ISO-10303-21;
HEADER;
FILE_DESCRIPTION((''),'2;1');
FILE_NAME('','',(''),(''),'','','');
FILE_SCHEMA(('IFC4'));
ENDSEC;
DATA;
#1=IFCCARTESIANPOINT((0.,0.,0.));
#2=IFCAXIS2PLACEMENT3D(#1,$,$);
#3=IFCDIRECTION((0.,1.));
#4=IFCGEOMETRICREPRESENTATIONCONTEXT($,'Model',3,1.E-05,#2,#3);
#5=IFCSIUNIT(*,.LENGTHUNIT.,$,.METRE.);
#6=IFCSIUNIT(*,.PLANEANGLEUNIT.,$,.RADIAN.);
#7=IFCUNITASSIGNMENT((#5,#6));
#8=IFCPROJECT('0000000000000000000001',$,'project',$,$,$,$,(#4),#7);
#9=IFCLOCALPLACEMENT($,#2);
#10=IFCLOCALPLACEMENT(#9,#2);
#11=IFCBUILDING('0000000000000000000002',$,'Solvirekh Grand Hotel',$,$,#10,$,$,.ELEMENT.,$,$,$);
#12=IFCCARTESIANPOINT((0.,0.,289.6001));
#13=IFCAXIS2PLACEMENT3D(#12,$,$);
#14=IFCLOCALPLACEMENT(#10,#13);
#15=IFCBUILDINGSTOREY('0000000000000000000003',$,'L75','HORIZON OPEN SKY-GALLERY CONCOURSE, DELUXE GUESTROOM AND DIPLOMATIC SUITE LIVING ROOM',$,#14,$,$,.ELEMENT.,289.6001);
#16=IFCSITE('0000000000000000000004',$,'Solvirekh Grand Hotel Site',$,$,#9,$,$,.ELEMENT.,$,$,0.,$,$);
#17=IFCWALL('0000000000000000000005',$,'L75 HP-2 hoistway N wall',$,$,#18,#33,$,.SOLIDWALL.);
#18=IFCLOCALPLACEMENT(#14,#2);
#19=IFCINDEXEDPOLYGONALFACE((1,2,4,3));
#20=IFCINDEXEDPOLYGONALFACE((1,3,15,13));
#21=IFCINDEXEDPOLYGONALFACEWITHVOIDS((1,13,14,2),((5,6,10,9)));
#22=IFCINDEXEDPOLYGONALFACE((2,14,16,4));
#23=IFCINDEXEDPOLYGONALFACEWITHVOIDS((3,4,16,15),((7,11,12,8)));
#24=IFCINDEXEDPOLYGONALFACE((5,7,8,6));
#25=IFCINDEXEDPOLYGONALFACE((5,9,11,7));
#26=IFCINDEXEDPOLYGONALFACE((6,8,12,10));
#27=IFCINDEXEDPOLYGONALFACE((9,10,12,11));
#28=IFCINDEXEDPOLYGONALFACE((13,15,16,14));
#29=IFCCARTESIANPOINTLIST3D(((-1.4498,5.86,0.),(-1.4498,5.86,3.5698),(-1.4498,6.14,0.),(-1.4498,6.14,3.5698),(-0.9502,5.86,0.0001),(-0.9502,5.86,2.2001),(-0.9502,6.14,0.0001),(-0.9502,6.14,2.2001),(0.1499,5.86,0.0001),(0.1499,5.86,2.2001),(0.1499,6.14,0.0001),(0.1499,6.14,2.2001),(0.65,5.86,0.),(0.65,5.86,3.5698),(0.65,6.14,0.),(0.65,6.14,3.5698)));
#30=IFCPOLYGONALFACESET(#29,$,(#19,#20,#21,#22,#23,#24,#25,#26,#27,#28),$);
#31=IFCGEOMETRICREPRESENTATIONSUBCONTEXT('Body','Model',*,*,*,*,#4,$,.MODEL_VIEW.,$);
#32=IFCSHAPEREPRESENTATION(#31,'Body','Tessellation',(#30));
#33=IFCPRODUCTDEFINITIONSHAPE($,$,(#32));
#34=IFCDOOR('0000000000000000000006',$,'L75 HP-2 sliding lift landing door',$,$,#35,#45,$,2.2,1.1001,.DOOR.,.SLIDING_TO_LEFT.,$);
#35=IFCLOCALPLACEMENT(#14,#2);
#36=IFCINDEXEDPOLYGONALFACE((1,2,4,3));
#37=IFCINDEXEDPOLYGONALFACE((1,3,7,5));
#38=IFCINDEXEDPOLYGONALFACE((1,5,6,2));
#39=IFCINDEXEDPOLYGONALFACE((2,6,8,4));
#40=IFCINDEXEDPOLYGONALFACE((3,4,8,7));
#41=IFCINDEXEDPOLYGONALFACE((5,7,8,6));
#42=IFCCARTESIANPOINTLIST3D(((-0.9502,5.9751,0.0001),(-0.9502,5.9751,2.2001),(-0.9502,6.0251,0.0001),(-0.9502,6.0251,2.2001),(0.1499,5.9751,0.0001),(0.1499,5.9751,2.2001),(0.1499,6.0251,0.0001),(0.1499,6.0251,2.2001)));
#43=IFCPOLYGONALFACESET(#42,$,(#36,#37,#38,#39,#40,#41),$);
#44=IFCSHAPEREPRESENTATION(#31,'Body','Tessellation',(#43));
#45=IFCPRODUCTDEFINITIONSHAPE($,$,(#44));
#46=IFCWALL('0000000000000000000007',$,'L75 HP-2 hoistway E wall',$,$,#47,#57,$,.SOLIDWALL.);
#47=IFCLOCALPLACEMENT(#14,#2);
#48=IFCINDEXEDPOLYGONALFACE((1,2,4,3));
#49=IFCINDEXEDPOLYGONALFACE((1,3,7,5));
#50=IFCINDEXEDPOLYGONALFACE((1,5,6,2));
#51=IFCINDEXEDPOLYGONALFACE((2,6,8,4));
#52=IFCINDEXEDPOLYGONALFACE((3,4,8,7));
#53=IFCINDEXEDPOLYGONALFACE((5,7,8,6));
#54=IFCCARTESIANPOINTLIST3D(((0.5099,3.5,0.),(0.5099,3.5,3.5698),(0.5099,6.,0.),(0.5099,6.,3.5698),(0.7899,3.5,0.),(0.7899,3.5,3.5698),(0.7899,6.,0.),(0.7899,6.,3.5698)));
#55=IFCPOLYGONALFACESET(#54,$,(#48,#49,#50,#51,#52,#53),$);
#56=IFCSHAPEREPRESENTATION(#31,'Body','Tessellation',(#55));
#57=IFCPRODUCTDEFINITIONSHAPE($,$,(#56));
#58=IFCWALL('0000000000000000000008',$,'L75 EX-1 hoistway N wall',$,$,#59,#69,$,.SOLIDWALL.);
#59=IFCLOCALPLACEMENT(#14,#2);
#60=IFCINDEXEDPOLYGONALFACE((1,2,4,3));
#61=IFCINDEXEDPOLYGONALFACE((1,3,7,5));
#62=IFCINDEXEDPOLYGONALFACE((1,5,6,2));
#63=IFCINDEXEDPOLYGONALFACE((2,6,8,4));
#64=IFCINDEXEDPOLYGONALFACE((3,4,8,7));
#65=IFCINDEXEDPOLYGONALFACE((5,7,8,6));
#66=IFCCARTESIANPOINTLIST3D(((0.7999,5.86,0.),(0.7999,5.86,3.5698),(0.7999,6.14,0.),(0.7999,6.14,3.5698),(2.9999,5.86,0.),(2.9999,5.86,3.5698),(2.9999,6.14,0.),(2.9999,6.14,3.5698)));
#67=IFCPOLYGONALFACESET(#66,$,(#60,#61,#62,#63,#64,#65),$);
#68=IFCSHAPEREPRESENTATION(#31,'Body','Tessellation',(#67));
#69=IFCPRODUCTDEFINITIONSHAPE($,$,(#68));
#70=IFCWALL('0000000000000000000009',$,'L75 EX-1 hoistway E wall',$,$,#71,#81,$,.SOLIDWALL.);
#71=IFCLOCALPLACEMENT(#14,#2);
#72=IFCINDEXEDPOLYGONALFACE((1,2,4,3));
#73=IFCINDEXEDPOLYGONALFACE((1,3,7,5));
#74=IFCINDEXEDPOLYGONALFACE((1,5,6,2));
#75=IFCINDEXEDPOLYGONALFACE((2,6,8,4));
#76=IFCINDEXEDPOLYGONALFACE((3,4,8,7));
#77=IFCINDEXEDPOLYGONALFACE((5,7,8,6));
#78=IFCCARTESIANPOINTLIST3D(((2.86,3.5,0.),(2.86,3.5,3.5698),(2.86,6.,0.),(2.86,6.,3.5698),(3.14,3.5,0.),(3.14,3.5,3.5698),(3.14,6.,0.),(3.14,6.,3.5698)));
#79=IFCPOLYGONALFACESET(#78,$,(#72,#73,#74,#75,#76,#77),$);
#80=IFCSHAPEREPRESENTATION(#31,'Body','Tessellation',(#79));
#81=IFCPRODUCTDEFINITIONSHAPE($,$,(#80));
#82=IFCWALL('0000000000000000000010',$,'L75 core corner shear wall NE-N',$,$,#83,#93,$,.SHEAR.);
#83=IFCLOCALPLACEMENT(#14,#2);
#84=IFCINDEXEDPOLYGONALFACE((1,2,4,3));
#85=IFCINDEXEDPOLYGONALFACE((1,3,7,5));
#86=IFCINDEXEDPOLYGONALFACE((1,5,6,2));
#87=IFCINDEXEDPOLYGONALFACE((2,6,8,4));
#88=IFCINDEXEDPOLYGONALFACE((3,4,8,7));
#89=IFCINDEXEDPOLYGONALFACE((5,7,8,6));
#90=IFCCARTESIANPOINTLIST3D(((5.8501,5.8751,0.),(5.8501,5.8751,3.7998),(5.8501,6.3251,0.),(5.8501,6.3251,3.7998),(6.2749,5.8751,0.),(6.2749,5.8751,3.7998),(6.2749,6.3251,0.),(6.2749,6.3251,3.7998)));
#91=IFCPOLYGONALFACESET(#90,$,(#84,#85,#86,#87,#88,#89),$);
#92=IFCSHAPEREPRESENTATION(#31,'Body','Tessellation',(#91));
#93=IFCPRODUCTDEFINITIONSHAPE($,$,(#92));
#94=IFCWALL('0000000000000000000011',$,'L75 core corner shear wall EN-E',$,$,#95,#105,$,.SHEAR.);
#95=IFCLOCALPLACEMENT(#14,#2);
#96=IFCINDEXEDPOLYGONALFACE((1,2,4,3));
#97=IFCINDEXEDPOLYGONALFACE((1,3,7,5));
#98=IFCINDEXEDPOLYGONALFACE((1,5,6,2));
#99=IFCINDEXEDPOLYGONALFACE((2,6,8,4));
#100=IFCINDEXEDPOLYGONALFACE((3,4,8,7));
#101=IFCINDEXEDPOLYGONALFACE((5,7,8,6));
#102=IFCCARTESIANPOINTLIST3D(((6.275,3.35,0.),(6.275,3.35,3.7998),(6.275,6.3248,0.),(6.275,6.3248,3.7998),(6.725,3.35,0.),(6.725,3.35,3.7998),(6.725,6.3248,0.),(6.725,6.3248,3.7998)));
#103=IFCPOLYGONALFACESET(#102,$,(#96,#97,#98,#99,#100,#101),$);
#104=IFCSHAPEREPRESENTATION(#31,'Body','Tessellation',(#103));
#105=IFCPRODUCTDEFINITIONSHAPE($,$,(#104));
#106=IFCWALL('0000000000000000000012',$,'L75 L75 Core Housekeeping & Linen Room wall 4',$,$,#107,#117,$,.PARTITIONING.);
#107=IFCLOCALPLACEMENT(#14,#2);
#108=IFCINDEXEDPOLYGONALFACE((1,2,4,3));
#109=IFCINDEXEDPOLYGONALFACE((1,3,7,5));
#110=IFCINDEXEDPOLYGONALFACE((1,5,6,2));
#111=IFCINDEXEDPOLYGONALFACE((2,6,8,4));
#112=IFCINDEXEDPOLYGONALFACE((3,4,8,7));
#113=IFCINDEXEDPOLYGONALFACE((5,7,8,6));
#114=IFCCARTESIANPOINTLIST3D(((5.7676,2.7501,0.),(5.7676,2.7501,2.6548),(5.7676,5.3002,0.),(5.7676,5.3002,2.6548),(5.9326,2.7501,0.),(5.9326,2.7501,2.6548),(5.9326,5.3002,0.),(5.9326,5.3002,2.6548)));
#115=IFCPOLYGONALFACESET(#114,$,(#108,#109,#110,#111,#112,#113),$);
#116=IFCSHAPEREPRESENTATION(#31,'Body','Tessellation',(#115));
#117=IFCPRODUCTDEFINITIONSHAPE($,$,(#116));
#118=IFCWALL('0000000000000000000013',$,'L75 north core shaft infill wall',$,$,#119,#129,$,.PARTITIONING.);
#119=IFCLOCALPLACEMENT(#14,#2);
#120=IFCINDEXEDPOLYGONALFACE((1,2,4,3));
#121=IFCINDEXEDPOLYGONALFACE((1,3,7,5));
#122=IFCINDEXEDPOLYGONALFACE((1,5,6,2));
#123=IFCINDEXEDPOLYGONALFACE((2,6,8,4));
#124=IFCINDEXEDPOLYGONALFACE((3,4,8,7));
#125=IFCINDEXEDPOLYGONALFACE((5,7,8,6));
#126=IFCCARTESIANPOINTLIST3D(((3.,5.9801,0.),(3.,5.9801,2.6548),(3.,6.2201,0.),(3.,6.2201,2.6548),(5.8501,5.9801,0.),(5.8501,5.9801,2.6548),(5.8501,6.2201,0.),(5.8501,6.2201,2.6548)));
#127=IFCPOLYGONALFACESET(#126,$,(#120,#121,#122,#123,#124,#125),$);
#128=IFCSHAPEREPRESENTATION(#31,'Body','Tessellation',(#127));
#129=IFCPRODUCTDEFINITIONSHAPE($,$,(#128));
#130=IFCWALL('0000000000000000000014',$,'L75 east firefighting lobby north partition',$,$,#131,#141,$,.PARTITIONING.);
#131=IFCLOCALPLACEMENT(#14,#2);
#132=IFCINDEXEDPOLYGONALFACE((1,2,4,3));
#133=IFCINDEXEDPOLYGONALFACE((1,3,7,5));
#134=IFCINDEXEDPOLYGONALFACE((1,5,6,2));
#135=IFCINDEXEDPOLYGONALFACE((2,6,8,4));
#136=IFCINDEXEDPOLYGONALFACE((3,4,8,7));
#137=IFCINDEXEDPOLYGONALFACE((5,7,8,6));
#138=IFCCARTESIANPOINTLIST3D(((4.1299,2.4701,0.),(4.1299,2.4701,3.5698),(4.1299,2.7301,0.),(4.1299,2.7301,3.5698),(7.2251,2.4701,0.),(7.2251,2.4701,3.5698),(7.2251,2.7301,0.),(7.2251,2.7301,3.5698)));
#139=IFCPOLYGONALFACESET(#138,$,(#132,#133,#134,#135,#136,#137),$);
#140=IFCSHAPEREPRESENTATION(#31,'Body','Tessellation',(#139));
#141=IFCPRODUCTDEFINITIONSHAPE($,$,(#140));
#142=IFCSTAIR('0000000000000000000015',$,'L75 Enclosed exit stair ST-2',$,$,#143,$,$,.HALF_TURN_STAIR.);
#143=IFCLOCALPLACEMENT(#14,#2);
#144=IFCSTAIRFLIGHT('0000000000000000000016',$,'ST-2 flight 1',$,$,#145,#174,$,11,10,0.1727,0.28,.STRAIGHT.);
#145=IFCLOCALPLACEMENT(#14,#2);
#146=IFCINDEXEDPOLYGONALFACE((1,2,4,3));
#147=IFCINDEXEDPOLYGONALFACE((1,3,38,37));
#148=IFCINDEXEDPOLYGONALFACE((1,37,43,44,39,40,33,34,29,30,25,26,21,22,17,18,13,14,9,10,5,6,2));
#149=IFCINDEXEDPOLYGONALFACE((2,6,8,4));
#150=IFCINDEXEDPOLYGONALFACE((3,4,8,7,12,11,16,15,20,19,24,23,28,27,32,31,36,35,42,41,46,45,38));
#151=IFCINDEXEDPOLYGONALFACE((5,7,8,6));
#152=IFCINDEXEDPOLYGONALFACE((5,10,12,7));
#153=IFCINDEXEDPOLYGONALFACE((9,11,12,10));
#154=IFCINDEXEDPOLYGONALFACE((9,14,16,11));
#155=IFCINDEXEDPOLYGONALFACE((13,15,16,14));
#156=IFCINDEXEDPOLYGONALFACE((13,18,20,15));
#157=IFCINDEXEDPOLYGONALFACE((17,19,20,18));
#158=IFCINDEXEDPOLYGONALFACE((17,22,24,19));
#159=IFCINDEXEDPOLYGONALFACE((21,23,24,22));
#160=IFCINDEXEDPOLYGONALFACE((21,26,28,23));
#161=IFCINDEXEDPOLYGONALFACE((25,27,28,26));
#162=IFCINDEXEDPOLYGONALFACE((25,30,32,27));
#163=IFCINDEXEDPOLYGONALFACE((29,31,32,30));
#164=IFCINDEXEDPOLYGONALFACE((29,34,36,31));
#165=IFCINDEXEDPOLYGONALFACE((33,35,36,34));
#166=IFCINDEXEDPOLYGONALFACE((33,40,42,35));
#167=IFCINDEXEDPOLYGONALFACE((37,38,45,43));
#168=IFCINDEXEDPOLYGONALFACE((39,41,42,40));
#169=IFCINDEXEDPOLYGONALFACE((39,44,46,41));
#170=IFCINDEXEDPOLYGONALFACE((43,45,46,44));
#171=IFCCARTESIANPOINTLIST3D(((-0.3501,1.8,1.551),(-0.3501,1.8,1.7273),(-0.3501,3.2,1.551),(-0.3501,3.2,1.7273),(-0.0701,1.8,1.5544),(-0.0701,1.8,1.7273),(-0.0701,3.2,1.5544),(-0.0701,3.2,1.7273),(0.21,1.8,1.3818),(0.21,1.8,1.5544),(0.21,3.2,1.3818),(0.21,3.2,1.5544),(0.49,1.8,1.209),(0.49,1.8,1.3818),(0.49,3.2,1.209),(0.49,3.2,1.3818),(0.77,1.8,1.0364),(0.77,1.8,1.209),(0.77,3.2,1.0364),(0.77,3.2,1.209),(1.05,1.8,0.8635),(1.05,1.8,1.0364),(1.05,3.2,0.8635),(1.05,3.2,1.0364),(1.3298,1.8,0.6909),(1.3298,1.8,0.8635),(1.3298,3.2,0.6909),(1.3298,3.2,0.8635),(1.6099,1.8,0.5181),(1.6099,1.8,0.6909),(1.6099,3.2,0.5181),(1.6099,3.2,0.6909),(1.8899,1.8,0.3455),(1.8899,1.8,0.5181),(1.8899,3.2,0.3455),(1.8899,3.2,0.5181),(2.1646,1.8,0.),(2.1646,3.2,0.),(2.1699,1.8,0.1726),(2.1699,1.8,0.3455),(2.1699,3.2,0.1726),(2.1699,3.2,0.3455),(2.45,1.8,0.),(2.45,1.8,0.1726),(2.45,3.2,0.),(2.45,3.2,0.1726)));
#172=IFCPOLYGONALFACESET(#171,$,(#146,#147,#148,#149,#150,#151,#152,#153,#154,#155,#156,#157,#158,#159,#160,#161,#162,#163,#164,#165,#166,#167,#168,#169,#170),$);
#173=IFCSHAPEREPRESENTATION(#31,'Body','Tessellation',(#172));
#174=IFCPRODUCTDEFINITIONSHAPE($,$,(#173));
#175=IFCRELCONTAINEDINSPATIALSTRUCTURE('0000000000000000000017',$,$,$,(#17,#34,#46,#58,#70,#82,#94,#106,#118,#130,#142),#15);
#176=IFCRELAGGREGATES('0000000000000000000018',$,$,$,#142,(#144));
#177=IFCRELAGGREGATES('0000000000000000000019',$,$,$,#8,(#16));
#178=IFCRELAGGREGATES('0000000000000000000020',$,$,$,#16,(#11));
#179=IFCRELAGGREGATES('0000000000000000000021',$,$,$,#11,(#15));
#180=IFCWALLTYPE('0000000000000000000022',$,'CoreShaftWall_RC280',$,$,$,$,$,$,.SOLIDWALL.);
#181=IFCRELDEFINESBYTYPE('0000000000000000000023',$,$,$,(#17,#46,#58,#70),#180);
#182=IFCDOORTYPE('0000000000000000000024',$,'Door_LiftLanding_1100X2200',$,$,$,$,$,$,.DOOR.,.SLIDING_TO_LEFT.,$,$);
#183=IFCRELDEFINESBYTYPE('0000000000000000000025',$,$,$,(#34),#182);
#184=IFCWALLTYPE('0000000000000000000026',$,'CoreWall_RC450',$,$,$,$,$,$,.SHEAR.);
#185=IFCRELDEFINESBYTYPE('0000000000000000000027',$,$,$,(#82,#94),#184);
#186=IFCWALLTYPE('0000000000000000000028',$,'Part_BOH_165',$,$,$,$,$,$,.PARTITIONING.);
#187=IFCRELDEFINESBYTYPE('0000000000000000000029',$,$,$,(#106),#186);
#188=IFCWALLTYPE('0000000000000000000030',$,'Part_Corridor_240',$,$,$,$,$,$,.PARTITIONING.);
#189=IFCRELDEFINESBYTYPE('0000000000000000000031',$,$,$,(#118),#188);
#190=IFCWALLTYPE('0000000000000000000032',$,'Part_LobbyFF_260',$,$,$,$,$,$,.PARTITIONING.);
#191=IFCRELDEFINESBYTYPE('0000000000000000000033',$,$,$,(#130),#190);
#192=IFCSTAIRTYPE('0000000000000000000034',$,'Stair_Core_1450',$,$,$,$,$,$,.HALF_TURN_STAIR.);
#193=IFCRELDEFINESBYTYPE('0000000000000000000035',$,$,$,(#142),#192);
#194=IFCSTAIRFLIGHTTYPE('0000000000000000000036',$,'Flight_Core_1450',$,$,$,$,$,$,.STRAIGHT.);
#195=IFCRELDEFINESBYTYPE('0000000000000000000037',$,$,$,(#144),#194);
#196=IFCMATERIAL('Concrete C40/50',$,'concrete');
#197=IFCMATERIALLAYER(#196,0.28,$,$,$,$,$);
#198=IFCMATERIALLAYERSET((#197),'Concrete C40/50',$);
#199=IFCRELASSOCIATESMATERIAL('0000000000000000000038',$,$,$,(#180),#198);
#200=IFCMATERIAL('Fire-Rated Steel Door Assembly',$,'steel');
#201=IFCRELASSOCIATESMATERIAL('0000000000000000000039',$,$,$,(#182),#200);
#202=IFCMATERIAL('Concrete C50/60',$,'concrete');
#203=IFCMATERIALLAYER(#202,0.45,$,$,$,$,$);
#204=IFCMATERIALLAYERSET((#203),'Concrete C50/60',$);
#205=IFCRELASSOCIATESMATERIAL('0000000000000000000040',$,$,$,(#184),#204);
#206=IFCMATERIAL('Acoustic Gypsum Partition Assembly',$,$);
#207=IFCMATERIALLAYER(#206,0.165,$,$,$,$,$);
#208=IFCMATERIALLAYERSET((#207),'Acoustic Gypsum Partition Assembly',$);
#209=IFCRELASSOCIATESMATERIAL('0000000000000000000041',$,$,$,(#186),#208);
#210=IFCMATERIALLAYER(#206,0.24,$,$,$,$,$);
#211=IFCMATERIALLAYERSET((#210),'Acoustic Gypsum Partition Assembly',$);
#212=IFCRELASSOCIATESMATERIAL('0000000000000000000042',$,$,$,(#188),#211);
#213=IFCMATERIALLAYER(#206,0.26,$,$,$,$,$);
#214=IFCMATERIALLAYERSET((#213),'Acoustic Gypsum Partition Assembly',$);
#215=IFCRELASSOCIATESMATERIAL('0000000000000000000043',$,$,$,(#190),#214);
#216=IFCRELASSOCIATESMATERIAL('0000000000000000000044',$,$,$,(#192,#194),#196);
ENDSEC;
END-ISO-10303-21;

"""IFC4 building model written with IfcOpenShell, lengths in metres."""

from ifc_helpers import new_model, si_unit, direction, frame, frame_2d, origin, place, context, subcontext, project, spatial, polyline, rectangle, outline, extrude, material, layer, layer_set, type_object, element, fill, aggregate, save


model = new_model("IFC4")

# Units and contexts
model_context = context("Model", 3, precision=1e-05, world=origin(), true_north=direction((0.0, 1.0)))
body_context = subcontext(model_context, "Body", "Model", "MODEL_VIEW")
ifc_project = project(units=[si_unit("LENGTHUNIT", "METRE"), si_unit("PLANEANGLEUNIT", "RADIAN")], contexts=[model_context])

# Site, building, storey
site_placement = place(None, origin())
site = spatial("IfcSite", under=ifc_project, at=site_placement, Name="Solvirekh Grand Hotel Site", CompositionType="ELEMENT", RefElevation=0.0)
building_placement = place(site_placement, origin())
building = spatial("IfcBuilding", under=site, at=building_placement, Name="Solvirekh Grand Hotel", CompositionType="ELEMENT")
storey_placement = place(building_placement, frame((0.0, 0.0, 289.6001)))
storey = spatial("IfcBuildingStorey", under=building, at=storey_placement, Name="L75", Description="HORIZON OPEN SKY-GALLERY CONCOURSE, DELUXE GUESTROOM AND DIPLOMATIC SUITE LIVING ROOM", CompositionType="ELEMENT", Elevation=289.6001)

# Wall, opening, door
ifc_material_1 = material(Name="Concrete C40/50", Category="concrete")
ifc_layer_1 = layer(ifc_material_1, 0.28)
ifc_layer_set_1 = layer_set([ifc_layer_1], Name="Concrete C40/50")
wall_type_1 = type_object("IfcWallType", Name="CoreShaftWall_RC280", PredefinedType="SOLIDWALL", material=ifc_layer_set_1)
wall_1_placement = place(storey_placement, frame((0.6499, 6.0, 0.0), z_axis=(0.0, 0.0, 1.0), x_axis=(-1.0, 0.0, 0.0)))
wall_1 = element("IfcWall", 1, at=wall_1_placement, inside=storey, type_object=wall_type_1, Name="L75 HP-2 hoistway N wall", PredefinedType="SOLIDWALL", context=body_context, shape_type="SweptSolid", body=[
    extrude(rectangle(XDim=2.0999, YDim=0.28, at=frame_2d((1.0498, 0.0))), origin(), (0.0, 0.0, 1.0), 3.5698),
])
opening_placement = place(wall_1_placement, frame((0.5, 0.0, 0.0)))
opening = element("IfcOpeningElement", 2, at=opening_placement, cuts=wall_1, PredefinedType="OPENING", context=body_context, shape_type="SweptSolid", body=[
    extrude(rectangle(XDim=1.1001, YDim=2.2, at=frame_2d((0.55, 1.1001))), frame((0.0, 0.1499, 0.0), z_axis=(0.0, -1.0, 0.0), x_axis=(1.0, 0.0, 0.0)), (0.0, 0.0, 1.0), 0.3),
])
ifc_material_2 = material(Name="Fire-Rated Steel Door Assembly", Category="steel")
door_type = type_object("IfcDoorType", Name="Door_LiftLanding_1100X2200", OperationType="SLIDING_TO_LEFT", PredefinedType="DOOR", material=ifc_material_2)
door_placement = place(opening_placement, origin())
door = element("IfcDoor", 3, at=door_placement, inside=storey, type_object=door_type, Name="L75 HP-2 sliding lift landing door", OperationType="SLIDING_TO_LEFT", OverallHeight=2.2, OverallWidth=1.1001, PredefinedType="DOOR", context=body_context, shape_type="SweptSolid", body=[
    extrude(rectangle(XDim=1.1001, YDim=2.2, at=frame_2d((0.55, 1.1001))), frame((0.0, 0.0249, 0.0), z_axis=(0.0, -1.0, 0.0), x_axis=(1.0, 0.0, 0.0)), (0.0, 0.0, 1.0), 0.05),
])
fill(opening, door)

# Walls
wall_2_placement = place(storey_placement, frame((0.6499, 3.5, 0.0), z_axis=(0.0, 0.0, 1.0), x_axis=(0.0, 1.0, 0.0)))
element("IfcWall", 4, at=wall_2_placement, inside=storey, type_object=wall_type_1, Name="L75 HP-2 hoistway E wall", PredefinedType="SOLIDWALL", context=body_context, shape_type="SweptSolid", body=[
    extrude(rectangle(XDim=2.5, YDim=0.28, at=frame_2d((1.25, 0.0))), origin(), (0.0, 0.0, 1.0), 3.5698),
])
wall_3_placement = place(storey_placement, frame((3.0, 6.0, 0.0), z_axis=(0.0, 0.0, 1.0), x_axis=(-1.0, 0.0, 0.0)))
element("IfcWall", 5, at=wall_3_placement, inside=storey, type_object=wall_type_1, Name="L75 EX-1 hoistway N wall", PredefinedType="SOLIDWALL", context=body_context, shape_type="SweptSolid", body=[
    extrude(rectangle(XDim=2.2, YDim=0.28, at=frame_2d((1.1001, 0.0))), origin(), (0.0, 0.0, 1.0), 3.5698),
])
wall_4_placement = place(storey_placement, frame((3.0, 3.5, 0.0), z_axis=(0.0, 0.0, 1.0), x_axis=(0.0, 1.0, 0.0)))
element("IfcWall", 6, at=wall_4_placement, inside=storey, type_object=wall_type_1, Name="L75 EX-1 hoistway E wall", PredefinedType="SOLIDWALL", context=body_context, shape_type="SweptSolid", body=[
    extrude(rectangle(XDim=2.5, YDim=0.28, at=frame_2d((1.25, 0.0))), origin(), (0.0, 0.0, 1.0), 3.5698),
])
ifc_material_3 = material(Name="Concrete C50/60", Category="concrete")
ifc_layer_2 = layer(ifc_material_3, 0.45)
ifc_layer_set_2 = layer_set([ifc_layer_2], Name="Concrete C50/60")
wall_type_2 = type_object("IfcWallType", Name="CoreWall_RC450", PredefinedType="SHEAR", material=ifc_layer_set_2)
wall_5_placement = place(storey_placement, frame((5.8501, 6.1001, 0.0), z_axis=(0.0, 0.0, 1.0), x_axis=(1.0, 0.0, 0.0)))
element("IfcWall", 7, at=wall_5_placement, inside=storey, type_object=wall_type_2, Name="L75 core corner shear wall NE-N", PredefinedType="SHEAR", context=body_context, shape_type="SweptSolid", body=[
    extrude(rectangle(XDim=0.4248, YDim=0.45, at=frame_2d((0.2124, 0.0))), origin(), (0.0, 0.0, 1.0), 3.7998),
])
wall_6_placement = place(storey_placement, frame((6.5, 3.3501, 0.0), z_axis=(0.0, 0.0, 1.0), x_axis=(0.0, 1.0, 0.0)))
element("IfcWall", 8, at=wall_6_placement, inside=storey, type_object=wall_type_2, Name="L75 core corner shear wall EN-E", PredefinedType="SHEAR", context=body_context, shape_type="SweptSolid", body=[
    extrude(rectangle(XDim=2.9749, YDim=0.45, at=frame_2d((1.4873, 0.0))), origin(), (0.0, 0.0, 1.0), 3.7998),
])
ifc_material_4 = material(Name="Acoustic Gypsum Partition Assembly")
ifc_layer_3 = layer(ifc_material_4, 0.165)
ifc_layer_set_3 = layer_set([ifc_layer_3], Name="Acoustic Gypsum Partition Assembly")
wall_type_3 = type_object("IfcWallType", Name="Part_BOH_165", PredefinedType="PARTITIONING", material=ifc_layer_set_3)
wall_7_placement = place(storey_placement, frame((5.8501, 5.3, 0.0), z_axis=(0.0, 0.0, 1.0), x_axis=(0.0, -1.0, 0.0)))
element("IfcWall", 9, at=wall_7_placement, inside=storey, type_object=wall_type_3, Name="L75 L75 Core Housekeeping & Linen Room wall 4", PredefinedType="PARTITIONING", context=body_context, shape_type="SweptSolid", body=[
    extrude(rectangle(XDim=2.55, YDim=0.165, at=frame_2d((1.2749, 0.0))), origin(), (0.0, 0.0, 1.0), 2.6548),
])
ifc_layer_4 = layer(ifc_material_4, 0.24)
ifc_layer_set_4 = layer_set([ifc_layer_4], Name="Acoustic Gypsum Partition Assembly")
wall_type_4 = type_object("IfcWallType", Name="Part_Corridor_240", PredefinedType="PARTITIONING", material=ifc_layer_set_4)
wall_8_placement = place(storey_placement, frame((3.0, 6.1001, 0.0), z_axis=(0.0, 0.0, 1.0), x_axis=(1.0, 0.0, 0.0)))
element("IfcWall", 10, at=wall_8_placement, inside=storey, type_object=wall_type_4, Name="L75 north core shaft infill wall", PredefinedType="PARTITIONING", context=body_context, shape_type="SweptSolid", body=[
    extrude(rectangle(XDim=2.8501, YDim=0.24, at=frame_2d((1.425, 0.0))), origin(), (0.0, 0.0, 1.0), 2.6548),
])
ifc_layer_5 = layer(ifc_material_4, 0.26)
ifc_layer_set_5 = layer_set([ifc_layer_5], Name="Acoustic Gypsum Partition Assembly")
wall_type_5 = type_object("IfcWallType", Name="Part_LobbyFF_260", PredefinedType="PARTITIONING", material=ifc_layer_set_5)
wall_9_placement = place(storey_placement, frame((4.1299, 2.6001, 0.0), z_axis=(0.0, 0.0, 1.0), x_axis=(1.0, 0.0, 0.0)))
element("IfcWall", 11, at=wall_9_placement, inside=storey, type_object=wall_type_5, Name="L75 east firefighting lobby north partition", PredefinedType="PARTITIONING", context=body_context, shape_type="SweptSolid", body=[
    extrude(rectangle(XDim=3.0952, YDim=0.26, at=frame_2d((1.5476, 0.0))), origin(), (0.0, 0.0, 1.0), 3.5698),
])

# Stair, stair flight
stair_type = type_object("IfcStairType", Name="Stair_Core_1450", PredefinedType="HALF_TURN_STAIR", material=ifc_material_1)
stair_placement = place(storey_placement, origin())
stair = element("IfcStair", 12, at=stair_placement, inside=storey, type_object=stair_type, Name="L75 Enclosed exit stair ST-2", PredefinedType="HALF_TURN_STAIR")
stair_flight_type = type_object("IfcStairFlightType", Name="Flight_Core_1450", PredefinedType="STRAIGHT", material=ifc_material_1)
stair_flight_1_placement = place(storey_placement, frame((2.45, 2.5, 0.0), z_axis=(0.0, 0.0, 1.0), x_axis=(-1.0, 0.0, 0.0)))
stair_flight_1 = element("IfcStairFlight", 13, at=stair_flight_1_placement, type_object=stair_flight_type, Name="ST-2 flight 1", NumberOfRisers=11, NumberOfTreads=10, PredefinedType="STRAIGHT", RiserHeight=0.1727, TreadLength=0.28, context=body_context, shape_type="SweptSolid", body=[
    extrude(outline(polyline([(0.0, 0.0), (0.0, 0.1726), (0.28, 0.1726), (0.28, 0.3455), (0.5601, 0.3455), (0.5601, 0.5181), (0.8401, 0.5181), (0.8401, 0.6909), (1.1201, 0.6909), (1.1201, 0.8635), (1.3999, 0.8635), (1.3999, 1.0364), (1.6799, 1.0364), (1.6799, 1.209), (1.96, 1.209), (1.96, 1.3818), (2.24, 1.3818), (2.24, 1.5544), (2.52, 1.5544), (2.52, 1.7273), (2.8, 1.7273), (2.8, 1.8999), (2.8, 1.551), (0.2854, 0.0), (0.0, 0.0)])), frame((0.0, 0.7, 0.0), z_axis=(0.0, -1.0, 0.0), x_axis=(1.0, 0.0, 0.0)), (0.0, 0.0, 1.0), 1.3999),
])
aggregate(stair, [stair_flight_1])

save(model, "model.ifc")
